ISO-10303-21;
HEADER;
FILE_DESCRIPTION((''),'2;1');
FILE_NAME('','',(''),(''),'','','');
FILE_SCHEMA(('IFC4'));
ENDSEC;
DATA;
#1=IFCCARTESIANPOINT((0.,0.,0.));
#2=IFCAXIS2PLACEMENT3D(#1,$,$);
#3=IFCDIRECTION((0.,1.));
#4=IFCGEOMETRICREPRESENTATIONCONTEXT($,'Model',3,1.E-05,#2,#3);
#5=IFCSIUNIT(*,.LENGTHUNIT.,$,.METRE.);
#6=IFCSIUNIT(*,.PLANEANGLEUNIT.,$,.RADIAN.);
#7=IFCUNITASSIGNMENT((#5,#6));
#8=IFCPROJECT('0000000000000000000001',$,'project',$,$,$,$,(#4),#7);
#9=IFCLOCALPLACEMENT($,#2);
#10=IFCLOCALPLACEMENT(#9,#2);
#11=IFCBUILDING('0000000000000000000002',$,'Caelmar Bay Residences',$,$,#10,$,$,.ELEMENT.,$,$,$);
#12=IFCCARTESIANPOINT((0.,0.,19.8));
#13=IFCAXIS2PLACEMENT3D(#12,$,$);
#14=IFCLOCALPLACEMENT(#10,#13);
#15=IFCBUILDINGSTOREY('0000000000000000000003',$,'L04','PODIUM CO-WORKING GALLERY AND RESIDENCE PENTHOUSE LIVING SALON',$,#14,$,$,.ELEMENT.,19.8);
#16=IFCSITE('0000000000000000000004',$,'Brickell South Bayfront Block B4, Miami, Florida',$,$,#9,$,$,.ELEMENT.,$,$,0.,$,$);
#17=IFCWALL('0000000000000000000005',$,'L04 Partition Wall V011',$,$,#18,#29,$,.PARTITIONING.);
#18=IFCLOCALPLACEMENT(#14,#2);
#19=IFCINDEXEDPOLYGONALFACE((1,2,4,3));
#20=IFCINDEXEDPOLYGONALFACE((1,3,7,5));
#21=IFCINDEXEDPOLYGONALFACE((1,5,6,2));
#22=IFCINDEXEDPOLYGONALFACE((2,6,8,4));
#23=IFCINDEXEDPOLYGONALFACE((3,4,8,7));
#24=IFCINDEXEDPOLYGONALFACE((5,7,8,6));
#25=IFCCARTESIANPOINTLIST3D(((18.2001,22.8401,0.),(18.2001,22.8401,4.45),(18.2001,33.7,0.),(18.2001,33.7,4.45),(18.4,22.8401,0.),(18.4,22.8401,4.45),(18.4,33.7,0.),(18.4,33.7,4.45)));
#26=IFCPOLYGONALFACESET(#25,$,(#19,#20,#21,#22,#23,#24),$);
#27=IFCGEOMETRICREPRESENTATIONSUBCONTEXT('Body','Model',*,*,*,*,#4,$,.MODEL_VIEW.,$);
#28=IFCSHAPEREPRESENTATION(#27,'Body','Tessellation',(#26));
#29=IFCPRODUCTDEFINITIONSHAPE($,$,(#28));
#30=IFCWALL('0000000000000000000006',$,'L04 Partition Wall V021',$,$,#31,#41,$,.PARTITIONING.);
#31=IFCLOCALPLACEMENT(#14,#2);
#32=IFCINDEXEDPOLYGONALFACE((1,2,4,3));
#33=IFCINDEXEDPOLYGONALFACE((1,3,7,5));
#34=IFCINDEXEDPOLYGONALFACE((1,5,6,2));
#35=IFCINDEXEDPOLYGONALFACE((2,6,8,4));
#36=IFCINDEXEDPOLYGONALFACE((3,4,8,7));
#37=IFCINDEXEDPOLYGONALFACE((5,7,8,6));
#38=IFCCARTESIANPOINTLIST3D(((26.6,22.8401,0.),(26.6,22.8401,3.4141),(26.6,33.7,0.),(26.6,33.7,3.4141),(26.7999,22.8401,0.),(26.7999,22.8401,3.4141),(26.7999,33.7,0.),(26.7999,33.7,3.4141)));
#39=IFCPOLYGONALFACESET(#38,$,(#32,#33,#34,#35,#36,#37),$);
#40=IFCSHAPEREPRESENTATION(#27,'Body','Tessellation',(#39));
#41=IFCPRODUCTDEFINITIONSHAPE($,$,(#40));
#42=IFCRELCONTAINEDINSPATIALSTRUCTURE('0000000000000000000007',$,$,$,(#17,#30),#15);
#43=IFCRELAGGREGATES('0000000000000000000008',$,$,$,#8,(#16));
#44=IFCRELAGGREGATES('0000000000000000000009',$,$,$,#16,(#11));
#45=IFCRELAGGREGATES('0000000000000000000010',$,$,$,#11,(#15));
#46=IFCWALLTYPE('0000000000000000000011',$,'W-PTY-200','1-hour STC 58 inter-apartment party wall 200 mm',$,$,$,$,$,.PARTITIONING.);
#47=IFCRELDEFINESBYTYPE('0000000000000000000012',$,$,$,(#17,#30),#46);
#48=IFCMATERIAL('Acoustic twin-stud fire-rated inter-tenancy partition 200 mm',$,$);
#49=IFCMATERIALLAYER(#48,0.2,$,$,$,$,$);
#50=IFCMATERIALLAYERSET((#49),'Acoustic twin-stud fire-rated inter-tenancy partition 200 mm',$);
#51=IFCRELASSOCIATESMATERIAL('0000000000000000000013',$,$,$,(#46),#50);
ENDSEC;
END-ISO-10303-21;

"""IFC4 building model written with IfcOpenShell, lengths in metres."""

from ifc_helpers import new_model, si_unit, direction, frame, frame_2d, origin, place, context, subcontext, project, spatial, rectangle, extrude, material, layer, layer_set, type_object, element, save


model = new_model("IFC4")

# Units and contexts
model_context = context("Model", 3, precision=1e-05, world=origin(), true_north=direction((0.0, 1.0)))
body_context = subcontext(model_context, "Body", "Model", "MODEL_VIEW")
ifc_project = project(units=[si_unit("LENGTHUNIT", "METRE"), si_unit("PLANEANGLEUNIT", "RADIAN")], contexts=[model_context])

# Site, building, storey
site_placement = place(None, origin())
site = spatial("IfcSite", under=ifc_project, at=site_placement, Name="Brickell South Bayfront Block B4, Miami, Florida", CompositionType="ELEMENT", RefElevation=0.0)
building_placement = place(site_placement, origin())
building = spatial("IfcBuilding", under=site, at=building_placement, Name="Caelmar Bay Residences", CompositionType="ELEMENT")
storey_placement = place(building_placement, frame((0.0, 0.0, 19.8)))
storey = spatial("IfcBuildingStorey", under=building, at=storey_placement, Name="L04", Description="PODIUM CO-WORKING GALLERY AND RESIDENCE PENTHOUSE LIVING SALON", CompositionType="ELEMENT", Elevation=19.8)

# Walls
ifc_material_1 = material(Name="Acoustic twin-stud fire-rated inter-tenancy partition 200 mm")
ifc_layer_1 = layer(ifc_material_1, 0.2)
ifc_layer_set_1 = layer_set([ifc_layer_1], Name="Acoustic twin-stud fire-rated inter-tenancy partition 200 mm")
wall_type_1 = type_object("IfcWallType", Name="W-PTY-200", Description="1-hour STC 58 inter-apartment party wall 200 mm", PredefinedType="PARTITIONING", material=ifc_layer_set_1)
wall_1_placement = place(storey_placement, frame((18.3, 22.8401, 0.0), z_axis=(0.0, 0.0, 1.0), x_axis=(0.0, 1.0, 0.0)))
element("IfcWall", 1, at=wall_1_placement, inside=storey, type_object=wall_type_1, Name="L04 Partition Wall V011", PredefinedType="PARTITIONING", context=body_context, shape_type="SweptSolid", body=[
    extrude(rectangle(XDim=10.8599, YDim=0.2, at=frame_2d((5.4299, 0.0))), origin(), (0.0, 0.0, 1.0), 4.45),
])
wall_2_placement = place(storey_placement, frame((26.7, 22.8401, 0.0), z_axis=(0.0, 0.0, 1.0), x_axis=(0.0, 1.0, 0.0)))
element("IfcWall", 2, at=wall_2_placement, inside=storey, type_object=wall_type_1, Name="L04 Partition Wall V021", PredefinedType="PARTITIONING", context=body_context, shape_type="SweptSolid", body=[
    extrude(rectangle(XDim=10.8599, YDim=0.2, at=frame_2d((5.4299, 0.0))), origin(), (0.0, 0.0, 1.0), 3.4141),
])

save(model, "model.ifc")
